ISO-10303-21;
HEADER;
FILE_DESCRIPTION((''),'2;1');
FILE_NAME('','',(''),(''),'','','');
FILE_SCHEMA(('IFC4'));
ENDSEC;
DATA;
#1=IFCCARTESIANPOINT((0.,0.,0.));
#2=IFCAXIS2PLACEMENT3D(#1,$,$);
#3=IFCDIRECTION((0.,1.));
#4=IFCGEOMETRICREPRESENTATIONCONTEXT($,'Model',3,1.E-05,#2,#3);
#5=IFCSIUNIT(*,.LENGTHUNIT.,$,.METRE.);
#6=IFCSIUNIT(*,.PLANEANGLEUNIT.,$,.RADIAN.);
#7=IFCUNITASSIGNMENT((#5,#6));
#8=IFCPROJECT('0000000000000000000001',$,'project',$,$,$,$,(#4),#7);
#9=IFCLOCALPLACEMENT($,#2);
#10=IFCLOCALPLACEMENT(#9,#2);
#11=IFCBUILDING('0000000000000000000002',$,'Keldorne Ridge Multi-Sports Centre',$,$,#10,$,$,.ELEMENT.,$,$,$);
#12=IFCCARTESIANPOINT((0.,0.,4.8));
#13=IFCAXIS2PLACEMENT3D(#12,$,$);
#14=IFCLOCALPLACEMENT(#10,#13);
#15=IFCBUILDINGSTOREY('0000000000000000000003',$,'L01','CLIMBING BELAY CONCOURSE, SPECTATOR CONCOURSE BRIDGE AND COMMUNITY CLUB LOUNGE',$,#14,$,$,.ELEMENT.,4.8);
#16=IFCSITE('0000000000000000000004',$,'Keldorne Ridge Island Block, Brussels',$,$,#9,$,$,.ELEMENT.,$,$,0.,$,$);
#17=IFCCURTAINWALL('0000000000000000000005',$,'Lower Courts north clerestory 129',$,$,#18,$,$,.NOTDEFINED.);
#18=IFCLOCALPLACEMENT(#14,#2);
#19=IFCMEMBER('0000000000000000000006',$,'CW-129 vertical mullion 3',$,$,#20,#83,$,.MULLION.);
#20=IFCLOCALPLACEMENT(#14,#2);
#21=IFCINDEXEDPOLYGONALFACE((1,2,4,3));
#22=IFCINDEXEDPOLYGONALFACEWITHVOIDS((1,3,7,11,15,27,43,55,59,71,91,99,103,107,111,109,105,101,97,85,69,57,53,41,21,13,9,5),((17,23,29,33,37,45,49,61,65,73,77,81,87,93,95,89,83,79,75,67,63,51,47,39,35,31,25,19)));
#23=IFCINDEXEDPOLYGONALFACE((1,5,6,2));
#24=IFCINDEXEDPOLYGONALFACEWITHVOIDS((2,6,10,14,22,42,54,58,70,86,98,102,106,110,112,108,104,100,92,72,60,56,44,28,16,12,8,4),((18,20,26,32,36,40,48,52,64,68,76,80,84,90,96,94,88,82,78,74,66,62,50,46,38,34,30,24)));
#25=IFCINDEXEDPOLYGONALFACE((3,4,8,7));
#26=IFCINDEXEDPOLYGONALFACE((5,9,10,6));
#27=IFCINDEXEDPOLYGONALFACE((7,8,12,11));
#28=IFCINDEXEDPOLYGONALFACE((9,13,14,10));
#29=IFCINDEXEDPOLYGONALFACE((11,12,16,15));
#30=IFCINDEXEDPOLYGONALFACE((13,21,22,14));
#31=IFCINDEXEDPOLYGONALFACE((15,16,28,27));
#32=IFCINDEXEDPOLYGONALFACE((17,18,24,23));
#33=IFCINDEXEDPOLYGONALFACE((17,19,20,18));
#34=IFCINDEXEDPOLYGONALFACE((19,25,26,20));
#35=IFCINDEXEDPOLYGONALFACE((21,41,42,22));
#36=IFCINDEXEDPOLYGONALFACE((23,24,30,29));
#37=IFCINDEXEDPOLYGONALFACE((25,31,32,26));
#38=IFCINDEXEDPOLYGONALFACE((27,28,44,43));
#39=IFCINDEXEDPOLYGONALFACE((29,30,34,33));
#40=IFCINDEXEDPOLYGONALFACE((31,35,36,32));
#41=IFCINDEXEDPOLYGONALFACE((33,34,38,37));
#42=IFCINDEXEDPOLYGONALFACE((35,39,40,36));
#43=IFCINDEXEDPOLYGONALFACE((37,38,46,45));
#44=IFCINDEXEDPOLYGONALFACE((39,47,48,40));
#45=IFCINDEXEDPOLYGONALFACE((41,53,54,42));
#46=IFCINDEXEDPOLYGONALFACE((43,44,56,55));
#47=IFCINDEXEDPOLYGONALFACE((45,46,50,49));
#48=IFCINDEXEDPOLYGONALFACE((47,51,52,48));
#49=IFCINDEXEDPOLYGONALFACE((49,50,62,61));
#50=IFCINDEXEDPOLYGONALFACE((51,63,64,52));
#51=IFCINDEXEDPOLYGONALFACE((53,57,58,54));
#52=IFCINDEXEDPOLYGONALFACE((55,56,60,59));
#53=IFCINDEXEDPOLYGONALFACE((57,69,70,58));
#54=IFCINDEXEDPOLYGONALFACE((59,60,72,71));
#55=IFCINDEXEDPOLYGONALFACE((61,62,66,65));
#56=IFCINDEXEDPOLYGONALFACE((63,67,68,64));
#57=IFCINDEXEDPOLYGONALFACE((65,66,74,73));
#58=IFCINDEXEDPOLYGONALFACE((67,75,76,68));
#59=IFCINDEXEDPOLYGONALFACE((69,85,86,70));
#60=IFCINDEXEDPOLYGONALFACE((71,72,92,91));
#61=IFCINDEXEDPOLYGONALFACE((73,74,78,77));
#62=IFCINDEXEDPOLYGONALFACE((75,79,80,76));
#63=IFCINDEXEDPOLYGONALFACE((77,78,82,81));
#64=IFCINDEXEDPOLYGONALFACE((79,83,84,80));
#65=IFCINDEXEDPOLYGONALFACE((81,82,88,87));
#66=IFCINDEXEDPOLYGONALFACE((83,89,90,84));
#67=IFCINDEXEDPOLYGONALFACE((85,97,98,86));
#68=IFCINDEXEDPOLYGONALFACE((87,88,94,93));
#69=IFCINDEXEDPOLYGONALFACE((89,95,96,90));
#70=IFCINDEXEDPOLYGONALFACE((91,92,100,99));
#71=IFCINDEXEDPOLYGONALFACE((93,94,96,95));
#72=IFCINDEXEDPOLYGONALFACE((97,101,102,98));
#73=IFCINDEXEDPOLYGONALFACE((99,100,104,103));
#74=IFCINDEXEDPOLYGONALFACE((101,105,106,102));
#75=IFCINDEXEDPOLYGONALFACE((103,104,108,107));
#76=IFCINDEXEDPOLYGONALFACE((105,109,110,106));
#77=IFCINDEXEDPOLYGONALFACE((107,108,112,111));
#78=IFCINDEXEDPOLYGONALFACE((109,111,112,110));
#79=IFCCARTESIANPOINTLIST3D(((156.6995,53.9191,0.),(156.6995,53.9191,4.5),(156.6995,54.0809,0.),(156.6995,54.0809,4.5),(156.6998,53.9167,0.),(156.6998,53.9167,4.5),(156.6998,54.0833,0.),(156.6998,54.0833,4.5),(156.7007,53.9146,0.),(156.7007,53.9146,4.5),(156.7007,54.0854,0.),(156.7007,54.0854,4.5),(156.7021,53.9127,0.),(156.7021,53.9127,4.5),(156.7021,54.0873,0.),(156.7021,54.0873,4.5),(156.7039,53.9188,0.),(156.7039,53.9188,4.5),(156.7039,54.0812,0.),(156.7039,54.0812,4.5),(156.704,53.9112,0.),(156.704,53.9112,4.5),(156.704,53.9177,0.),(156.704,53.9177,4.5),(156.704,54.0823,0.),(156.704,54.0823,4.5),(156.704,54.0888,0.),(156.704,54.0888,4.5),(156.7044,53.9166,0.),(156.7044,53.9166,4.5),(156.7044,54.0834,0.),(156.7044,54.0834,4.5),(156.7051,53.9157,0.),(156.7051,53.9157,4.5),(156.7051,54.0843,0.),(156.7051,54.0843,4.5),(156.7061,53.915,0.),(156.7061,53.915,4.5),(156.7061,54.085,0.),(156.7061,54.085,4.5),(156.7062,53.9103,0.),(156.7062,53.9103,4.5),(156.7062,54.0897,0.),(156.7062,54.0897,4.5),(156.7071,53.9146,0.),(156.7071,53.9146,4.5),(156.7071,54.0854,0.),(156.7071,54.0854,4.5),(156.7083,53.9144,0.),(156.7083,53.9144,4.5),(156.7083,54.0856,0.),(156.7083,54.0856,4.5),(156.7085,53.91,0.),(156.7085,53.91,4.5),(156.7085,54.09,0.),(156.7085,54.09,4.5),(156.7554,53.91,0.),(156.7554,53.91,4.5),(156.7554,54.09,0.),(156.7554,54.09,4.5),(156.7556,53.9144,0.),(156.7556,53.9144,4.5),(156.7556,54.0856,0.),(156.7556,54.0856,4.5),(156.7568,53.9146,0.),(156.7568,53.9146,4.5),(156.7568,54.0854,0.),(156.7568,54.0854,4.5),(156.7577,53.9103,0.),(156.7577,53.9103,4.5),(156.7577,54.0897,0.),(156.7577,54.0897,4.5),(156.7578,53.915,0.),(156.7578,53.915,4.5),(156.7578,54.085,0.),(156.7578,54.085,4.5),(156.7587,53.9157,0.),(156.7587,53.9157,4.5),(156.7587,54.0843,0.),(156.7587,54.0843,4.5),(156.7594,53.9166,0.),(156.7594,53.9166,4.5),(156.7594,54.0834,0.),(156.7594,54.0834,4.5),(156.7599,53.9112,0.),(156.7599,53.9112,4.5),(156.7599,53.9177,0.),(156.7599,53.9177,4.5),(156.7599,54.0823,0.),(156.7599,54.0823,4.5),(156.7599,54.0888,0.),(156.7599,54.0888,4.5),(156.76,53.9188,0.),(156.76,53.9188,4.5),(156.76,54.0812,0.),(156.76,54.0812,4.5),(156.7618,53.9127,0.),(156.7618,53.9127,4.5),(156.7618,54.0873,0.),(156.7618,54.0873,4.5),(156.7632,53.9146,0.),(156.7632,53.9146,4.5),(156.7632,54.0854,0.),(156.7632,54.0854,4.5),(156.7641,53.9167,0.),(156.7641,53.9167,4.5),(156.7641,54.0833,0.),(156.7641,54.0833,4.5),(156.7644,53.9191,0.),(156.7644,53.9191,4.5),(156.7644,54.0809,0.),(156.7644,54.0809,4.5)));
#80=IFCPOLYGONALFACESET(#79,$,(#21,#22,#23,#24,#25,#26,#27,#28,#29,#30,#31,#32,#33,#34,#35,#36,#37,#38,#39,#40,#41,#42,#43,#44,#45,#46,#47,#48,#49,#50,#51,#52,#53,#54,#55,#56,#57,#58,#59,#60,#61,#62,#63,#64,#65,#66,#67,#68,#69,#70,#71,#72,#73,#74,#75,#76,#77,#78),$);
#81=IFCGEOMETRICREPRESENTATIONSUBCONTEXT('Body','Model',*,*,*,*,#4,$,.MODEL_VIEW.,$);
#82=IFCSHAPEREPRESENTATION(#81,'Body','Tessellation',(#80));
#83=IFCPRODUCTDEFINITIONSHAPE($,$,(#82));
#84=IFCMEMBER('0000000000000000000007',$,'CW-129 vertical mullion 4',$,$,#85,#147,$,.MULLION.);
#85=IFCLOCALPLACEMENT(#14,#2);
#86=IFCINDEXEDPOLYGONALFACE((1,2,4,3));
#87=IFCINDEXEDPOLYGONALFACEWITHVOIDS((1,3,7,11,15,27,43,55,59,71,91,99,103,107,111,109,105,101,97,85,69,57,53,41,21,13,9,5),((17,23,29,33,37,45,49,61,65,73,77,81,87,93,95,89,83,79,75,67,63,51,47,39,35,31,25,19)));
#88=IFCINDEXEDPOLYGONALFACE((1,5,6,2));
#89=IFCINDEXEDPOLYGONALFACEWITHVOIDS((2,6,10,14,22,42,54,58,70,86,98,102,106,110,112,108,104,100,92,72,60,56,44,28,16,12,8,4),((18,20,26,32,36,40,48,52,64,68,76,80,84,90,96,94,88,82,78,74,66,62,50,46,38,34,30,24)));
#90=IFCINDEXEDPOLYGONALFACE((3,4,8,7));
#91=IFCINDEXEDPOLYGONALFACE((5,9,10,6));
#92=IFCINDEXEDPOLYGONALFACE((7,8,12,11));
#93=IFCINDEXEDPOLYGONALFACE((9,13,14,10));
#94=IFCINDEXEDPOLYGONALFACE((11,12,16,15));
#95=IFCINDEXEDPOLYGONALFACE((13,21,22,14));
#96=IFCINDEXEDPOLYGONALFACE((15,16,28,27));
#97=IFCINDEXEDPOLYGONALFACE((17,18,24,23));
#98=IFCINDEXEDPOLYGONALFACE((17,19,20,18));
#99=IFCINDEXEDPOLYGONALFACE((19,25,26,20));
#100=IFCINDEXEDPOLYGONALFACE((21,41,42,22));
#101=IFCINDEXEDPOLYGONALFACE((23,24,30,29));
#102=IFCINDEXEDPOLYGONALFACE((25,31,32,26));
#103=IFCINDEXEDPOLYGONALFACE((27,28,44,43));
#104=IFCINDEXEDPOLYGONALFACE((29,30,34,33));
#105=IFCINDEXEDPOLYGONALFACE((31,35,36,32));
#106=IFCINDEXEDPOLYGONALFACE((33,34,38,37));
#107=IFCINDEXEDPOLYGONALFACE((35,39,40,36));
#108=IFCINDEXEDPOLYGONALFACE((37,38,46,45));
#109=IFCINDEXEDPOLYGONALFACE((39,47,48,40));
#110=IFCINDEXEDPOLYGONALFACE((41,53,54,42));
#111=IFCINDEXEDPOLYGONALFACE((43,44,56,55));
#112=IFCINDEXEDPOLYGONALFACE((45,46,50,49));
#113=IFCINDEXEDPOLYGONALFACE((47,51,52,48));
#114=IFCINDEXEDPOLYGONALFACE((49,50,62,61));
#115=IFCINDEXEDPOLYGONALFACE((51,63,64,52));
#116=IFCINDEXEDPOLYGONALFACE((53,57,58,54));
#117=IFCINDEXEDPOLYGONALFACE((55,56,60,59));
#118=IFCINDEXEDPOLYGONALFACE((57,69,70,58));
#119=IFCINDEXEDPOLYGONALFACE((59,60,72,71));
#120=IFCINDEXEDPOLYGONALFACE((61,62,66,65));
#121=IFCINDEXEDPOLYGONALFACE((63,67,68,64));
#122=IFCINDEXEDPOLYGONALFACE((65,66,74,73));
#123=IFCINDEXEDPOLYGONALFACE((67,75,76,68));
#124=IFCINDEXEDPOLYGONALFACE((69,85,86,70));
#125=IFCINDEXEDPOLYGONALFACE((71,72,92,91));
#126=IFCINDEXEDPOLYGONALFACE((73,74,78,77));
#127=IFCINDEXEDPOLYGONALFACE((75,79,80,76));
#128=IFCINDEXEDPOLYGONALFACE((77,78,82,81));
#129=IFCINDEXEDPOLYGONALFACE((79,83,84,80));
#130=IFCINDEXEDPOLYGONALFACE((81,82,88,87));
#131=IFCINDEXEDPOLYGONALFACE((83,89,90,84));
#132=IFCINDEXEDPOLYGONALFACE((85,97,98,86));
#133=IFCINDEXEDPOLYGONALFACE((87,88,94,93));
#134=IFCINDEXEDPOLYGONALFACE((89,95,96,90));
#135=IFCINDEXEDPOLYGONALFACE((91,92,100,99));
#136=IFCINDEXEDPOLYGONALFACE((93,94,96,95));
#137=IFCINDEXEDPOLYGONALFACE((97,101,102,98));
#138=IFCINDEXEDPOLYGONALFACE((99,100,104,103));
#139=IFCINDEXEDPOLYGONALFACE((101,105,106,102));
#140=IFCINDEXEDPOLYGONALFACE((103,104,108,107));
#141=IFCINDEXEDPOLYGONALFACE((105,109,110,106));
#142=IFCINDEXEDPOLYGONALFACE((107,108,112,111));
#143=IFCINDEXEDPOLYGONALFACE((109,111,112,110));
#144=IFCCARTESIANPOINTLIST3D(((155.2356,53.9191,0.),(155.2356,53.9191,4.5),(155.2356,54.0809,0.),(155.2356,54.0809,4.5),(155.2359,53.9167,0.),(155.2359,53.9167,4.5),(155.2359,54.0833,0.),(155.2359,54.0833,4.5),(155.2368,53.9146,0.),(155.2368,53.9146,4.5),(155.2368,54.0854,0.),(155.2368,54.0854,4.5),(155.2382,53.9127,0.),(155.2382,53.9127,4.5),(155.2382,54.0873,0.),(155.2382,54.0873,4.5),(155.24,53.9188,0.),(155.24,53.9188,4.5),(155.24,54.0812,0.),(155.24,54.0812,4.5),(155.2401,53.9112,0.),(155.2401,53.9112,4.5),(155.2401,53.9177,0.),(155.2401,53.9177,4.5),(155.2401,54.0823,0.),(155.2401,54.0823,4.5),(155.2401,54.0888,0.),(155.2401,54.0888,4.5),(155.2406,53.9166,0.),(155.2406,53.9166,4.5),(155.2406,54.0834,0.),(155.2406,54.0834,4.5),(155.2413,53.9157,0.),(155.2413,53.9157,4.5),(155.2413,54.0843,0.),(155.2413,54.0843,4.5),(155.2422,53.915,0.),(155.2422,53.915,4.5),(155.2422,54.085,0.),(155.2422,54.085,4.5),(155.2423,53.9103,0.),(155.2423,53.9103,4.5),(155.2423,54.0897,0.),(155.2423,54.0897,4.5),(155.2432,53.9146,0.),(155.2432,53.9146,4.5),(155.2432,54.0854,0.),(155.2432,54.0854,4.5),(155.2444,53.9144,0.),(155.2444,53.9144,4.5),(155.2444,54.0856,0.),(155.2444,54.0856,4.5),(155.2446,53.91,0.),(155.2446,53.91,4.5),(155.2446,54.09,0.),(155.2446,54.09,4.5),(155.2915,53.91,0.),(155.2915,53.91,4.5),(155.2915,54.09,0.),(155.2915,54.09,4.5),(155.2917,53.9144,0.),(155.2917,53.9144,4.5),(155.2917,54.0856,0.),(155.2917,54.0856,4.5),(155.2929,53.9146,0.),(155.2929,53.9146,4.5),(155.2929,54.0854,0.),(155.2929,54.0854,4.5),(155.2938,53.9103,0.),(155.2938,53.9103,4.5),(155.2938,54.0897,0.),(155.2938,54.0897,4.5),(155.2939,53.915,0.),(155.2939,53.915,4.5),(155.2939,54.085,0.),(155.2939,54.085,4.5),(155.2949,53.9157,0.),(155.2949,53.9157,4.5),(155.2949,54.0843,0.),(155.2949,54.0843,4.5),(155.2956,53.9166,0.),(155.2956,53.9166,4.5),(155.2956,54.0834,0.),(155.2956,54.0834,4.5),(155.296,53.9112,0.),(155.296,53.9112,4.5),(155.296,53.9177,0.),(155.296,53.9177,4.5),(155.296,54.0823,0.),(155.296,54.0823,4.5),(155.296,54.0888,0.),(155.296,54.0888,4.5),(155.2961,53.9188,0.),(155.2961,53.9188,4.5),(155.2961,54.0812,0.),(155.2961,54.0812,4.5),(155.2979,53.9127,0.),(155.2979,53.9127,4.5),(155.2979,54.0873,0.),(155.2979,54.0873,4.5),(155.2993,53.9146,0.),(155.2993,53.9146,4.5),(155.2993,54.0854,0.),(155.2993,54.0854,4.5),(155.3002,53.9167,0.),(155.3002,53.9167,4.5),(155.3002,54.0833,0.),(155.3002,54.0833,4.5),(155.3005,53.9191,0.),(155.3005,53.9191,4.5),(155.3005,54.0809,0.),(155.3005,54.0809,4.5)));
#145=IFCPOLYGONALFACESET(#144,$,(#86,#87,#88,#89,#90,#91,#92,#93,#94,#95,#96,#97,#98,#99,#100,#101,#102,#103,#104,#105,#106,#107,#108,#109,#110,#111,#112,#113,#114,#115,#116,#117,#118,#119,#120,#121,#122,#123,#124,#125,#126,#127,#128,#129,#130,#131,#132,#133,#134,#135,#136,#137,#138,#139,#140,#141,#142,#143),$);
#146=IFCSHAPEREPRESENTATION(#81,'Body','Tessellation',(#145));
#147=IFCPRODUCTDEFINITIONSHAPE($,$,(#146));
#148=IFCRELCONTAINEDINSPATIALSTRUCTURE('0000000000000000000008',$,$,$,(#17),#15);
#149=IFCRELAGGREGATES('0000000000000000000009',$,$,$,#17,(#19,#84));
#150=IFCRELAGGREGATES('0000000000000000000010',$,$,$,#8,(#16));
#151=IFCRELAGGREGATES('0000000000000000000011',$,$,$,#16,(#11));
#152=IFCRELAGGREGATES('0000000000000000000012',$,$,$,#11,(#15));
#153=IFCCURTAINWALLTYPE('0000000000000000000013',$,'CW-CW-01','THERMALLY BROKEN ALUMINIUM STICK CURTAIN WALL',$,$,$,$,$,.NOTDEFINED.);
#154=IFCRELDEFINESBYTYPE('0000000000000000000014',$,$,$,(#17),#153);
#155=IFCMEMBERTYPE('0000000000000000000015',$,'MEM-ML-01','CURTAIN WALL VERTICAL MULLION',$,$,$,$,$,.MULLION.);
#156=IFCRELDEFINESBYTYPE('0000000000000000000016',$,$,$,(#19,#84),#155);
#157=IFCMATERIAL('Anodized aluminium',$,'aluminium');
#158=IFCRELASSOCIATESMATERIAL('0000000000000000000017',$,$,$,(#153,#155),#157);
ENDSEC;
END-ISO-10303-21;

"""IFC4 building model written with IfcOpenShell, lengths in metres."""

from ifc_helpers import new_model, si_unit, direction, frame, origin, origin_2d, place, context, subcontext, project, spatial, hollow_rectangle, extrude, material, material_profile, profile_set, type_object, element, aggregate, save


model = new_model("IFC4")

# Units and contexts
model_context = context("Model", 3, precision=1e-05, world=origin(), true_north=direction((0.0, 1.0)))
body_context = subcontext(model_context, "Body", "Model", "MODEL_VIEW")
ifc_project = project(units=[si_unit("LENGTHUNIT", "METRE"), si_unit("PLANEANGLEUNIT", "RADIAN")], contexts=[model_context])

# Site, building, storey
site_placement = place(None, origin())
site = spatial("IfcSite", under=ifc_project, at=site_placement, Name="Keldorne Ridge Island Block, Brussels", CompositionType="ELEMENT", RefElevation=0.0)
building_placement = place(site_placement, origin())
building = spatial("IfcBuilding", under=site, at=building_placement, Name="Keldorne Ridge Multi-Sports Centre", CompositionType="ELEMENT")
storey_placement = place(building_placement, frame((0.0, 0.0, 4.8)))
storey = spatial("IfcBuildingStorey", under=building, at=storey_placement, Name="L01", Description="CLIMBING BELAY CONCOURSE, SPECTATOR CONCOURSE BRIDGE AND COMMUNITY CLUB LOUNGE", CompositionType="ELEMENT", Elevation=4.8)

# Curtain wall, members
ifc_material_1 = material(Name="Anodized aluminium", Category="aluminium")
curtain_wall_type = type_object("IfcCurtainWallType", Name="CW-CW-01", Description="THERMALLY BROKEN ALUMINIUM STICK CURTAIN WALL", PredefinedType="NOTDEFINED", material=ifc_material_1)
curtain_wall_placement = place(storey_placement, origin())
curtain_wall = element("IfcCurtainWall", 1, at=curtain_wall_placement, inside=storey, type_object=curtain_wall_type, Name="Lower Courts north clerestory 129", PredefinedType="NOTDEFINED")
ifc_material_profile_1 = material_profile(ifc_material_1, hollow_rectangle(XDim=0.0649, YDim=0.1799, WallThickness=0.0044, InnerFilletRadius=0.0044, OuterFilletRadius=0.009, at=origin_2d()), Name="ALU MULLION 180x65x4.5")
ifc_profile_set_1 = profile_set([ifc_material_profile_1], Name="Anodized aluminium")
member_type_1 = type_object("IfcMemberType", Name="MEM-ML-01", Description="CURTAIN WALL VERTICAL MULLION", PredefinedType="MULLION", material=ifc_profile_set_1)
member_1_placement = place(storey_placement, frame((156.7319, 54.0, 0.0), z_axis=(0.0, 0.0, 1.0), x_axis=(1.0, 0.0, 0.0)))
member_1 = element("IfcMember", 2, at=member_1_placement, type_object=member_type_1, Name="CW-129 vertical mullion 3", PredefinedType="MULLION", context=body_context, shape_type="SweptSolid", body=[
    extrude(hollow_rectangle(XDim=0.0649, YDim=0.1799, WallThickness=0.0044, InnerFilletRadius=0.0044, OuterFilletRadius=0.009, at=origin_2d()), origin(), (0.0, 0.0, 1.0), 4.5),
])
member_2_placement = place(storey_placement, frame((155.2681, 54.0, 0.0), z_axis=(0.0, 0.0, 1.0), x_axis=(1.0, 0.0, 0.0)))
member_2 = element("IfcMember", 3, at=member_2_placement, type_object=member_type_1, Name="CW-129 vertical mullion 4", PredefinedType="MULLION", context=body_context, shape_type="SweptSolid", body=[
    extrude(hollow_rectangle(XDim=0.0649, YDim=0.1799, WallThickness=0.0044, InnerFilletRadius=0.0044, OuterFilletRadius=0.009, at=origin_2d()), origin(), (0.0, 0.0, 1.0), 4.5),
])
aggregate(curtain_wall, [member_1, member_2])

save(model, "model.ifc")
